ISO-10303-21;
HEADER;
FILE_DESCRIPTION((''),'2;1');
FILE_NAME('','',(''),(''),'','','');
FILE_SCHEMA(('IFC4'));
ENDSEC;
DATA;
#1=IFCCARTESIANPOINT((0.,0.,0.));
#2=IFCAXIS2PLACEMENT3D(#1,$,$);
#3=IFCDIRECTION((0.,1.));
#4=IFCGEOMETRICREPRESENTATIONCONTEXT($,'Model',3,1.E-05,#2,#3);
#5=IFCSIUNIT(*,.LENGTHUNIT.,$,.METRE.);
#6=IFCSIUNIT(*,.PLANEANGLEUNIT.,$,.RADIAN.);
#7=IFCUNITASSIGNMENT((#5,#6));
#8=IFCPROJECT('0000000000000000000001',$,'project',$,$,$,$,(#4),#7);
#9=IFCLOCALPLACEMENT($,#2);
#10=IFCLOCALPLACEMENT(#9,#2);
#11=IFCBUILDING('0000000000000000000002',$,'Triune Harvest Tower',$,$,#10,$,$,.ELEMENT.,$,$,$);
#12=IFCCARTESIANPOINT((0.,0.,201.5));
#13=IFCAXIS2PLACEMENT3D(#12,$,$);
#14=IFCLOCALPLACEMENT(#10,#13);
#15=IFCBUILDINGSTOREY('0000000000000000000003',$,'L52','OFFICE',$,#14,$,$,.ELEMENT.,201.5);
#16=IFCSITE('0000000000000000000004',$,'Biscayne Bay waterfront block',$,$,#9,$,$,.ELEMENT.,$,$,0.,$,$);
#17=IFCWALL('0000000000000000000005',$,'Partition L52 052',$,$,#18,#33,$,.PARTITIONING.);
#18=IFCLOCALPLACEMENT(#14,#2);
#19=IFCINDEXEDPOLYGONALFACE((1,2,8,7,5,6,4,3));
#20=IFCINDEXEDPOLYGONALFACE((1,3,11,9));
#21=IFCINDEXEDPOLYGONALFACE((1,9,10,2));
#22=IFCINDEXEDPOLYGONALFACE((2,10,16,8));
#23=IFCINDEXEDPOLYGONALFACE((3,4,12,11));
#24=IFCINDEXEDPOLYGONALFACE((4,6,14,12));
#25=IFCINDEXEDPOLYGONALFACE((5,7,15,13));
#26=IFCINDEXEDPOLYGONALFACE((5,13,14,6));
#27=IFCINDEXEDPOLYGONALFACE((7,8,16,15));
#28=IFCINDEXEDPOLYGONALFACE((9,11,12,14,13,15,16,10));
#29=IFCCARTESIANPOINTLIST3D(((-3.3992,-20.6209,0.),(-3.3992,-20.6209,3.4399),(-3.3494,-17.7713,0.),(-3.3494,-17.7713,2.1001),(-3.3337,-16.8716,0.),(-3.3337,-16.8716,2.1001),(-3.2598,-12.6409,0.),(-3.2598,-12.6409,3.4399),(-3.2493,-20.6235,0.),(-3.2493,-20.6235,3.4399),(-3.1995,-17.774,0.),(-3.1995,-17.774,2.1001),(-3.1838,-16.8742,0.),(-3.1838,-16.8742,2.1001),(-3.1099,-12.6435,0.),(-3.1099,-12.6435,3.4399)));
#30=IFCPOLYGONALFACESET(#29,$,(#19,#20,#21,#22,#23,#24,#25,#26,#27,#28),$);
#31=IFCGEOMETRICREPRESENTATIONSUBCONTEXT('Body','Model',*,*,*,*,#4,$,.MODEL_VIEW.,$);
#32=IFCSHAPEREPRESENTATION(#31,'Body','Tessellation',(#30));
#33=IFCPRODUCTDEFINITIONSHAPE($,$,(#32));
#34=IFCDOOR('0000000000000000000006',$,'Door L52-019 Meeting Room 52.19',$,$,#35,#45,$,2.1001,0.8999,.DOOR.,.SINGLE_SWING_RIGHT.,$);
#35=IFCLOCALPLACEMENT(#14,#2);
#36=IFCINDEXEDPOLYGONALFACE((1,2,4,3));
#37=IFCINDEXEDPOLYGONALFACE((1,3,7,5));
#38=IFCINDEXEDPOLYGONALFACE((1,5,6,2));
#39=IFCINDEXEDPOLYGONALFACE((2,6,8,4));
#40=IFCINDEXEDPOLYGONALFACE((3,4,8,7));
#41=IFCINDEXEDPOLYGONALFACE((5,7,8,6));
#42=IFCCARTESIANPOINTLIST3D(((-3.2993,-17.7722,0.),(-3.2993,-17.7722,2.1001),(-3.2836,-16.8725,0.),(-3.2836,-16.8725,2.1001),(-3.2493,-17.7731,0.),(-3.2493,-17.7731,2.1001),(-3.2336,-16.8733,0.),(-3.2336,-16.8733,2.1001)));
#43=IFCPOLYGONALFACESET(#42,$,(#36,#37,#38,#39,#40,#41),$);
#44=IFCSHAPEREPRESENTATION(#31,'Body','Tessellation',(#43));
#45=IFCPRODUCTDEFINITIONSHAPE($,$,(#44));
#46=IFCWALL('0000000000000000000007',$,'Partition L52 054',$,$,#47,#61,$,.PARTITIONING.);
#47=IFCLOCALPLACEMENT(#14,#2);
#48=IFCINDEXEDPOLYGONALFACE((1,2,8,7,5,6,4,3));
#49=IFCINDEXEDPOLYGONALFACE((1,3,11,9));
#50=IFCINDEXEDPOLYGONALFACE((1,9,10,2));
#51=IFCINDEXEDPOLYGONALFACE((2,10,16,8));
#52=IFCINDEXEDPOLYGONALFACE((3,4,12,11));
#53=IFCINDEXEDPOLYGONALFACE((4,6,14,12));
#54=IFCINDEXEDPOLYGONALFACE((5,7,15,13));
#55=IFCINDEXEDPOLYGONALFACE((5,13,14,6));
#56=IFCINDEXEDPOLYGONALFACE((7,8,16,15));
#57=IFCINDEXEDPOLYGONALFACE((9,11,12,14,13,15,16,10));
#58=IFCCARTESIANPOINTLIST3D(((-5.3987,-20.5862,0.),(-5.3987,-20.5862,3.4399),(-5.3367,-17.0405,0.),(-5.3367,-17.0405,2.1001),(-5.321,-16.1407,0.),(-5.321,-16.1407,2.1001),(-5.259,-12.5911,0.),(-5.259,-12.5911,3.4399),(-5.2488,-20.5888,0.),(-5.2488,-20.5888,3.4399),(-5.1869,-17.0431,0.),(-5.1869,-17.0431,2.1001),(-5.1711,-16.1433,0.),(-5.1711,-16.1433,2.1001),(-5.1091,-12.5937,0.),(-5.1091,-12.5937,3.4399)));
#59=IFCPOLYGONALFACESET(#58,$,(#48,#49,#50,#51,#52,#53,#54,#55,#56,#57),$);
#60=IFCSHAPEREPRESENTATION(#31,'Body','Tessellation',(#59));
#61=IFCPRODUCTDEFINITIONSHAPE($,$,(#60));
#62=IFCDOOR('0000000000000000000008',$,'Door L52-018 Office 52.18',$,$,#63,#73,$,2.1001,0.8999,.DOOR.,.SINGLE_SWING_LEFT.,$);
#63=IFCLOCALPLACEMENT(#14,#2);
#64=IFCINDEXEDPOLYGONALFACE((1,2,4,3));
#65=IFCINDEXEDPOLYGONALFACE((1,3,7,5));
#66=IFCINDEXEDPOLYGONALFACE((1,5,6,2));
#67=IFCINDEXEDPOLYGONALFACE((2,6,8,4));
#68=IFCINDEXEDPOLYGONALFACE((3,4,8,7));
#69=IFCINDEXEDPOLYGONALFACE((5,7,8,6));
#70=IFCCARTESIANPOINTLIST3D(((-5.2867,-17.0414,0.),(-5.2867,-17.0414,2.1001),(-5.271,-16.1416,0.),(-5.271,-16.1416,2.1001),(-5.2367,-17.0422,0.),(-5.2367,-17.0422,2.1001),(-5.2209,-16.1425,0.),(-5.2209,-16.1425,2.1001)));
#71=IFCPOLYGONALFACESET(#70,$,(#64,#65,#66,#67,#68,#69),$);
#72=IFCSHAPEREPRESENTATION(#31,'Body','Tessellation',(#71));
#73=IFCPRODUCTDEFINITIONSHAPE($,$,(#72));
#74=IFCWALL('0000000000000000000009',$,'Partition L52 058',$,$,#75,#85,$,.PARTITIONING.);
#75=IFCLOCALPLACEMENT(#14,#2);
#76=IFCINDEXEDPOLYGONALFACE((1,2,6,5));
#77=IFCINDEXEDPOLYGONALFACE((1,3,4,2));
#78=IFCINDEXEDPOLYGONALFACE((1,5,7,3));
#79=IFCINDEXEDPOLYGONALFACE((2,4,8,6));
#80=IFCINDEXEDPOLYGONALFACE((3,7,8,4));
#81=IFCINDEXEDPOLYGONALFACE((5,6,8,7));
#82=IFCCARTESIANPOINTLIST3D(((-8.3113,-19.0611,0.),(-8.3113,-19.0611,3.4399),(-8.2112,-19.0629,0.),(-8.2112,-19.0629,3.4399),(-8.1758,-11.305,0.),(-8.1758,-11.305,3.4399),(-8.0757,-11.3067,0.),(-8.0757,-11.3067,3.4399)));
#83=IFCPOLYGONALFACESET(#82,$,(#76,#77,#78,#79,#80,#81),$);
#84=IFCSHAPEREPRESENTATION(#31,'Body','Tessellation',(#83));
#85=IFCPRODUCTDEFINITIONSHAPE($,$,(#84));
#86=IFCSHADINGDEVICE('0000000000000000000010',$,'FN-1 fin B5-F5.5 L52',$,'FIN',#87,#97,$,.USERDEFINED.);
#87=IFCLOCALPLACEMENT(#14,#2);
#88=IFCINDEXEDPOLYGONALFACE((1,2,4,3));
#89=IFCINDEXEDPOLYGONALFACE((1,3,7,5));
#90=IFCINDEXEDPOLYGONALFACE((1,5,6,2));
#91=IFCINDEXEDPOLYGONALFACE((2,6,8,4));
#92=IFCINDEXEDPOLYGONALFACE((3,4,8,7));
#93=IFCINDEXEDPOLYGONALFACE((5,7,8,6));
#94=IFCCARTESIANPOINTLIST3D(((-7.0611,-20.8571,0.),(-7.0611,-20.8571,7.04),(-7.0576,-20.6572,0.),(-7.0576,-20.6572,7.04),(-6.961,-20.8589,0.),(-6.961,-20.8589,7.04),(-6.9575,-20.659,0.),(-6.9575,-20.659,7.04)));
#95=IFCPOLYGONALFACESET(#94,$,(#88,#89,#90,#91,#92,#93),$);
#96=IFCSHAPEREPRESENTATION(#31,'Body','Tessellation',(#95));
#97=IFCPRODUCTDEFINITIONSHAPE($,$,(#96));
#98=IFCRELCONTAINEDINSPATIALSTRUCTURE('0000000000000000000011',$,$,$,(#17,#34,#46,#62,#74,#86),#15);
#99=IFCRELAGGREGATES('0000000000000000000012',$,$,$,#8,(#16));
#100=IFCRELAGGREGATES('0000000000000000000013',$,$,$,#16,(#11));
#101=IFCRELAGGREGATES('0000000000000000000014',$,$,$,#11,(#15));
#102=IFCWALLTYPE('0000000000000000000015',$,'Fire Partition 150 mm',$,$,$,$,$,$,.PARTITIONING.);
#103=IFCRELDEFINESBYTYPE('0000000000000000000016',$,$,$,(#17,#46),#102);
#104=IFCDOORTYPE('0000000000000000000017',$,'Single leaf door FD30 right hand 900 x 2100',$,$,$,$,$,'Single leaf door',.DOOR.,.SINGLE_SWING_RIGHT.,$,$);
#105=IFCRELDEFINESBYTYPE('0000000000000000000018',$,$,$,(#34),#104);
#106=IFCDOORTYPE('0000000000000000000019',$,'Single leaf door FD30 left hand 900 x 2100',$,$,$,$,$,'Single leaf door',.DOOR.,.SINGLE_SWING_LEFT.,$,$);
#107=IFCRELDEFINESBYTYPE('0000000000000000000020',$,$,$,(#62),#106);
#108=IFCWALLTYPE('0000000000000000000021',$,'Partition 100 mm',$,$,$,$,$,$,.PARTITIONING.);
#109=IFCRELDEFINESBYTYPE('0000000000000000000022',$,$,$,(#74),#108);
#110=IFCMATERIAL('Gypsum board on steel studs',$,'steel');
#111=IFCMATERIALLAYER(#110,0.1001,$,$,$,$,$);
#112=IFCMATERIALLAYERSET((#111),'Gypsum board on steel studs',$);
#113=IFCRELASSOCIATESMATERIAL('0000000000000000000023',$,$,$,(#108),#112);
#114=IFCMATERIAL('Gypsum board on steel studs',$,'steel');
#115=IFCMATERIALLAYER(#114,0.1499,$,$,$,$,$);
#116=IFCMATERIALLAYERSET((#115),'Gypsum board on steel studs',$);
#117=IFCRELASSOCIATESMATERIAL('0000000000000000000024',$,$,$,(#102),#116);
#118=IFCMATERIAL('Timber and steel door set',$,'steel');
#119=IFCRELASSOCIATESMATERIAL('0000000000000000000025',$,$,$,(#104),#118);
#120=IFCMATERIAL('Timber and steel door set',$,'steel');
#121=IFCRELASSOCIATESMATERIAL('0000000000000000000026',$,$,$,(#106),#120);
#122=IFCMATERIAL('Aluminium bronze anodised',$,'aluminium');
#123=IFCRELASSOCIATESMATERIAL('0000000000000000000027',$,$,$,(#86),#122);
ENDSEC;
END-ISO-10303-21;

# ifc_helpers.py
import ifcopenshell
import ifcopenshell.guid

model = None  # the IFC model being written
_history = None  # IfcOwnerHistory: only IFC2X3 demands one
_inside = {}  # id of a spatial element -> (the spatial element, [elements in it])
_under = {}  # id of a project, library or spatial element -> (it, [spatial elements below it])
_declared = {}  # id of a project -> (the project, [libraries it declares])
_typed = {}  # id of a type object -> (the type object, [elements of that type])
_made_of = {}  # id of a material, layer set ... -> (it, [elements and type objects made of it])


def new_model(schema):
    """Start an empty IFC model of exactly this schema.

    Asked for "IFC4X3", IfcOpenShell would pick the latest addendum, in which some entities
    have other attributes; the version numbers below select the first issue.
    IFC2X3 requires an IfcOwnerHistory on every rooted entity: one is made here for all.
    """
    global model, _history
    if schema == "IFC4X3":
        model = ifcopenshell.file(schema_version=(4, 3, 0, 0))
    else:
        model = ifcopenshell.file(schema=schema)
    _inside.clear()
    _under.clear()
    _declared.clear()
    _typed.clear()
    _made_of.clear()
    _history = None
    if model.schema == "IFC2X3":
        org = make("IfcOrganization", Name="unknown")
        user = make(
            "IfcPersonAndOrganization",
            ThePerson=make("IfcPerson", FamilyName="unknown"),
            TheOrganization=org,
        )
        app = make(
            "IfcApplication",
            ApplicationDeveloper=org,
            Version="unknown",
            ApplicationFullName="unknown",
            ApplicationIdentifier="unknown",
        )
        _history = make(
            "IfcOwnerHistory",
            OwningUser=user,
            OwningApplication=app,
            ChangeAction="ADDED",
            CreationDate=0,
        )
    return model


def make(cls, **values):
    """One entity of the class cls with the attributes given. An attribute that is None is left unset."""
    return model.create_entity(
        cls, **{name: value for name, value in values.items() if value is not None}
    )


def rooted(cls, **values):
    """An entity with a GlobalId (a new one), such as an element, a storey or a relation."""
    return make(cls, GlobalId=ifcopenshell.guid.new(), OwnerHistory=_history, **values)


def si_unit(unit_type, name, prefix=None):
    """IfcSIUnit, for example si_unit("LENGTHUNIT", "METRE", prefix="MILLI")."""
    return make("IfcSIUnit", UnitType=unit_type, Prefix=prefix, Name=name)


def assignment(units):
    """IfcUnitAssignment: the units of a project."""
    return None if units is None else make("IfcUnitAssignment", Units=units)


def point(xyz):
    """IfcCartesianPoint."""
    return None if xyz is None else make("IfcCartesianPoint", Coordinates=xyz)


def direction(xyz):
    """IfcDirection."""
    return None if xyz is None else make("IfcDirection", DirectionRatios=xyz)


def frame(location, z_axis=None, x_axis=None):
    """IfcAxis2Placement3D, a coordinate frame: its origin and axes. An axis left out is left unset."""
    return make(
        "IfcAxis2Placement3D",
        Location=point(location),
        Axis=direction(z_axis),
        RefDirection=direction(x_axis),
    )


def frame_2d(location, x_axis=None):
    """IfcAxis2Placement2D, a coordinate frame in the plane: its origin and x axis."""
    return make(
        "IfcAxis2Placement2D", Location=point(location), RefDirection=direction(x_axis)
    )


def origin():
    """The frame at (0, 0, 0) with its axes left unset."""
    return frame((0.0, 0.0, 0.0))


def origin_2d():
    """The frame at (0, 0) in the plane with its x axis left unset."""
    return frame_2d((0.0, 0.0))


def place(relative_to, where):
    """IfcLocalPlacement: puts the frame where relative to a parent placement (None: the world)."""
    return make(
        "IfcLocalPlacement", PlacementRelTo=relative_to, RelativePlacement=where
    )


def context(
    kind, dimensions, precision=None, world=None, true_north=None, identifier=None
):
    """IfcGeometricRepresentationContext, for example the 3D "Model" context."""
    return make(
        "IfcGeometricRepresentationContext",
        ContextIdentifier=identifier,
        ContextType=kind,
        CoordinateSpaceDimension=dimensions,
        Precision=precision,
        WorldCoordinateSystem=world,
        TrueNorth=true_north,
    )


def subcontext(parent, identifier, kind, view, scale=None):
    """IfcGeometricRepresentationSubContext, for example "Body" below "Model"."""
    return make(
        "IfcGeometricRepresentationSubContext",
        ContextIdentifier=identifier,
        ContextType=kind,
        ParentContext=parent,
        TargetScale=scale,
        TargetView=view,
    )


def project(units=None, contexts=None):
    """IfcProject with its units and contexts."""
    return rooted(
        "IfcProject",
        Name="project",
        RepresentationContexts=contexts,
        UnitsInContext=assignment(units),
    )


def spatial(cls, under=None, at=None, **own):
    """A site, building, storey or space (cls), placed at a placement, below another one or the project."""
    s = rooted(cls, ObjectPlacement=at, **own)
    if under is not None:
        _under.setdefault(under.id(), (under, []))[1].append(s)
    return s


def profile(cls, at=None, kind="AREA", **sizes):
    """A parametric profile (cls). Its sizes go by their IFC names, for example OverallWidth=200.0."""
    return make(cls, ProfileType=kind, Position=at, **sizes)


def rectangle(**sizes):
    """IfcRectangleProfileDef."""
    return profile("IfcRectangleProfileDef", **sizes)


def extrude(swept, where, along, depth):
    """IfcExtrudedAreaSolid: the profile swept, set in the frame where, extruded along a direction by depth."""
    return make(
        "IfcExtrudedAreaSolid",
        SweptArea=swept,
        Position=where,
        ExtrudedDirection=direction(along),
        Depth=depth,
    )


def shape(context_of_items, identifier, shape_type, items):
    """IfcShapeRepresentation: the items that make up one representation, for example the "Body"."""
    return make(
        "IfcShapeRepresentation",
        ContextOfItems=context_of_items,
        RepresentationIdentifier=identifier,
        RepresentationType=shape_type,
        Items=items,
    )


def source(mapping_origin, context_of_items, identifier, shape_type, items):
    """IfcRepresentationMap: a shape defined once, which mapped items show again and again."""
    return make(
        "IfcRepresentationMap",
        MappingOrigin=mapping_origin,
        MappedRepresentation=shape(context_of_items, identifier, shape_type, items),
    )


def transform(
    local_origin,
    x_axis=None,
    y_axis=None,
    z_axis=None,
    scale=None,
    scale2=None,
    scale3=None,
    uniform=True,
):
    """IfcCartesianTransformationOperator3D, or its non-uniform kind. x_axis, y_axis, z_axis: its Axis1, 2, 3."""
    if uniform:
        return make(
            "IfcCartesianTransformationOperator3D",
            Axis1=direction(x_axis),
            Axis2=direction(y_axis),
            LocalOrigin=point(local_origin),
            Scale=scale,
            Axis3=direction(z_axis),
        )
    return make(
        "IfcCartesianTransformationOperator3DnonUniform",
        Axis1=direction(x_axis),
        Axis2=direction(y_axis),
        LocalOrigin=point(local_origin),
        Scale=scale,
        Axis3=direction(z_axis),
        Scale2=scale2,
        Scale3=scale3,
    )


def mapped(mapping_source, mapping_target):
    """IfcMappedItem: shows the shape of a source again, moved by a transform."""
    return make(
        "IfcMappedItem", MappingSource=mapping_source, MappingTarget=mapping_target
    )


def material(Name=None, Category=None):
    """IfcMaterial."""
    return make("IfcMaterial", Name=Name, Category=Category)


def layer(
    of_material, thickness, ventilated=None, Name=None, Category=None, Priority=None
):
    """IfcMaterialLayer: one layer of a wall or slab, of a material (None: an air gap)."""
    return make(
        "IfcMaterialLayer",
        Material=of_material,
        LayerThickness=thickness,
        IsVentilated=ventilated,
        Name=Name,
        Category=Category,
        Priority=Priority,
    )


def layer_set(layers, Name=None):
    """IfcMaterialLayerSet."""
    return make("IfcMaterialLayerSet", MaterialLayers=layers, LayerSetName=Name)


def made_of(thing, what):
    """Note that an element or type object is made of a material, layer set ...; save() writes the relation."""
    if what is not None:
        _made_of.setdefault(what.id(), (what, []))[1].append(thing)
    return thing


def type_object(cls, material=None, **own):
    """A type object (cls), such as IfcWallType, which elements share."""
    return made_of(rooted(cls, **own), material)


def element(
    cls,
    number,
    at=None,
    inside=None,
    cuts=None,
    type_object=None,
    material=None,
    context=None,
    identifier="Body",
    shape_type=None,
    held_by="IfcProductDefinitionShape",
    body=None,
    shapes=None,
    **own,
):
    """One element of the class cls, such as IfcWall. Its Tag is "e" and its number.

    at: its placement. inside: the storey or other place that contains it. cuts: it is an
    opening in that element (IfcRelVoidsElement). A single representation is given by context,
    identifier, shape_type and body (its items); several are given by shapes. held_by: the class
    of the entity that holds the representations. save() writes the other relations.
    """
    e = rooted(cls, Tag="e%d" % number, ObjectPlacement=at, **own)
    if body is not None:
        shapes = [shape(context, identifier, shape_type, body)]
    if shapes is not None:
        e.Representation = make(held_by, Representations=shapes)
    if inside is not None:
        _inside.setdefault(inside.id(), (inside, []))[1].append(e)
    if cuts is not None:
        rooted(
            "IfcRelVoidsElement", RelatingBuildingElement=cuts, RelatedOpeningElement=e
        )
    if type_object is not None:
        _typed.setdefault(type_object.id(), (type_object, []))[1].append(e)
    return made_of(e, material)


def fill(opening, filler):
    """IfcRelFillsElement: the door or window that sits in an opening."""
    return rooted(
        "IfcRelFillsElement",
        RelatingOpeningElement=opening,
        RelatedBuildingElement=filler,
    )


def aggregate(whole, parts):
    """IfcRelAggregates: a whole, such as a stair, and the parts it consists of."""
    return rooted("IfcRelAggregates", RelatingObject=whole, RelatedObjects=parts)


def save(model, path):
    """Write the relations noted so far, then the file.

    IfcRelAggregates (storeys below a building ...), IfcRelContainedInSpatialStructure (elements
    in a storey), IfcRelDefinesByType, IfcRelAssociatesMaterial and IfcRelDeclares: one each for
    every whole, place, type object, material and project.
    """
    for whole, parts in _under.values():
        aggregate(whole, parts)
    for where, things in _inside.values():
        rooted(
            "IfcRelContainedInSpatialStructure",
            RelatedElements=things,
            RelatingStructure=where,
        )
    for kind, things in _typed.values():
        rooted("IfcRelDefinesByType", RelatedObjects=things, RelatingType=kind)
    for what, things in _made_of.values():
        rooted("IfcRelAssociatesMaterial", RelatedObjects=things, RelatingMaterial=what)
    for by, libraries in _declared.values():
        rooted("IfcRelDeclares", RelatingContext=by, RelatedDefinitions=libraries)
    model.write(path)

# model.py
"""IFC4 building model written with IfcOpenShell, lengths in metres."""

from ifc_helpers import new_model, si_unit, direction, frame, frame_2d, origin, origin_2d, place, context, subcontext, project, spatial, rectangle, extrude, source, transform, mapped, material, layer, layer_set, type_object, element, fill, save


model = new_model("IFC4")

# Units and contexts
model_context = context("Model", 3, precision=1e-05, world=origin(), true_north=direction((0.0, 1.0)))
body_context = subcontext(model_context, "Body", "Model", "MODEL_VIEW")
ifc_project = project(units=[si_unit("LENGTHUNIT", "METRE"), si_unit("PLANEANGLEUNIT", "RADIAN")], contexts=[model_context])

# Site, building, storey
site_placement = place(None, origin())
site = spatial("IfcSite", under=ifc_project, at=site_placement, Name="Biscayne Bay waterfront block", CompositionType="ELEMENT", RefElevation=0.0)
building_placement = place(site_placement, origin())
building = spatial("IfcBuilding", under=site, at=building_placement, Name="Triune Harvest Tower", CompositionType="ELEMENT")
storey_placement = place(building_placement, frame((0.0, 0.0, 201.5)))
storey = spatial("IfcBuildingStorey", under=building, at=storey_placement, Name="L52", Description="OFFICE", CompositionType="ELEMENT", Elevation=201.5)

# Shared definitions
ifc_material_1 = material(Name="Gypsum board on steel studs", Category="steel")
ifc_layer_1 = layer(ifc_material_1, 0.1001)
ifc_layer_set_1 = layer_set([ifc_layer_1], Name="Gypsum board on steel studs")
wall_type_1 = type_object("IfcWallType", Name="Partition 100 mm", PredefinedType="PARTITIONING", material=ifc_layer_set_1)

# Walls, openings, doors
ifc_material_2 = material(Name="Gypsum board on steel studs", Category="steel")
ifc_layer_2 = layer(ifc_material_2, 0.1499)
ifc_layer_set_2 = layer_set([ifc_layer_2], Name="Gypsum board on steel studs")
wall_type_2 = type_object("IfcWallType", Name="Fire Partition 150 mm", PredefinedType="PARTITIONING", material=ifc_layer_set_2)
shared_shape_1 = source(origin(), body_context, "Body", "SweptSolid", [
    extrude(rectangle(XDim=7.9812, YDim=0.1499, at=frame_2d((3.9907, 0.0))), origin(), (0.0, 0.0, 1.0), 3.4399),
])
wall_1_placement = place(storey_placement, frame((-3.3242, -20.6223, 0.0), z_axis=(0.0, 0.0, 1.0), x_axis=(0.017467, 0.999847, 0.0)))
wall_1 = element("IfcWall", 1, at=wall_1_placement, inside=storey, type_object=wall_type_2, Name="Partition L52 052", PredefinedType="PARTITIONING", context=body_context, shape_type="MappedRepresentation", body=[
    mapped(shared_shape_1, transform((0.0, 0.0, 0.0), scale=1.0)),
])
opening_1_placement = place(wall_1_placement, frame((2.8501, 0.0, 0.0)))
opening_1 = element("IfcOpeningElement", 2, at=opening_1_placement, cuts=wall_1, PredefinedType="OPENING", context=body_context, shape_type="SweptSolid", body=[
    extrude(rectangle(XDim=0.8999, YDim=2.1001, at=frame_2d((0.45, 1.05))), frame((0.0, 0.085, 0.0), z_axis=(0.0, -1.0, 0.0), x_axis=(1.0, 0.0, 0.0)), (0.0, 0.0, 1.0), 0.1699),
])
ifc_material_3 = material(Name="Timber and steel door set", Category="steel")
door_type_1 = type_object("IfcDoorType", Name="Single leaf door FD30 right hand 900 x 2100", ElementType="Single leaf door", OperationType="SINGLE_SWING_RIGHT", PredefinedType="DOOR", material=ifc_material_3)
door_1_placement = place(opening_1_placement, origin())
door_1 = element("IfcDoor", 3, at=door_1_placement, inside=storey, type_object=door_type_1, Name="Door L52-019 Meeting Room 52.19", OperationType="SINGLE_SWING_RIGHT", OverallHeight=2.1001, OverallWidth=0.8999, PredefinedType="DOOR", context=body_context, shape_type="SweptSolid", body=[
    extrude(rectangle(XDim=0.8999, YDim=2.1001, at=frame_2d((0.45, 1.05))), frame((0.0, 0.0249, 0.0), z_axis=(0.0, -1.0, 0.0), x_axis=(1.0, 0.0, 0.0)), (0.0, 0.0, 1.0), 0.05),
])
fill(opening_1, door_1)
shared_shape_2 = source(origin(), body_context, "Body", "SweptSolid", [
    extrude(rectangle(XDim=7.9963, YDim=0.1499, at=frame_2d((3.998, 0.0))), origin(), (0.0, 0.0, 1.0), 3.4399),
])
wall_2_placement = place(storey_placement, frame((-5.3237, -20.5874, 0.0), z_axis=(0.0, 0.0, 1.0), x_axis=(0.017464, 0.999847, 0.0)))
wall_2 = element("IfcWall", 4, at=wall_2_placement, inside=storey, type_object=wall_type_2, Name="Partition L52 054", PredefinedType="PARTITIONING", context=body_context, shape_type="MappedRepresentation", body=[
    mapped(shared_shape_2, transform((0.0, 0.0, 0.0), scale=1.0)),
])
opening_2_placement = place(wall_2_placement, frame((3.5461, 0.0, 0.0)))
opening_2 = element("IfcOpeningElement", 5, at=opening_2_placement, cuts=wall_2, PredefinedType="OPENING", context=body_context, shape_type="SweptSolid", body=[
    extrude(rectangle(XDim=0.8999, YDim=2.1001, at=frame_2d((0.45, 1.05))), frame((0.0, 0.085, 0.0), z_axis=(0.0, -1.0, 0.0), x_axis=(1.0, 0.0, 0.0)), (0.0, 0.0, 1.0), 0.1699),
])
ifc_material_4 = material(Name="Timber and steel door set", Category="steel")
door_type_2 = type_object("IfcDoorType", Name="Single leaf door FD30 left hand 900 x 2100", ElementType="Single leaf door", OperationType="SINGLE_SWING_LEFT", PredefinedType="DOOR", material=ifc_material_4)
door_2_placement = place(opening_2_placement, origin())
door_2 = element("IfcDoor", 6, at=door_2_placement, inside=storey, type_object=door_type_2, Name="Door L52-018 Office 52.18", OperationType="SINGLE_SWING_LEFT", OverallHeight=2.1001, OverallWidth=0.8999, PredefinedType="DOOR", context=body_context, shape_type="SweptSolid", body=[
    extrude(rectangle(XDim=0.8999, YDim=2.1001, at=frame_2d((0.45, 1.05))), frame((0.0, 0.0249, 0.0), z_axis=(0.0, -1.0, 0.0), x_axis=(1.0, 0.0, 0.0)), (0.0, 0.0, 1.0), 0.05),
])
fill(opening_2, door_2)

# Wall
shared_shape_3 = source(origin(), body_context, "Body", "SweptSolid", [
    extrude(rectangle(XDim=7.7573, YDim=0.1001, at=frame_2d((3.8787, 0.0))), origin(), (0.0, 0.0, 1.0), 3.4399),
])
wall_3_placement = place(storey_placement, frame((-8.2612, -19.062, 0.0), z_axis=(0.0, 0.0, 1.0), x_axis=(0.017467, 0.999847, 0.0)))
element("IfcWall", 7, at=wall_3_placement, inside=storey, type_object=wall_type_1, Name="Partition L52 058", PredefinedType="PARTITIONING", context=body_context, shape_type="MappedRepresentation", body=[
    mapped(shared_shape_3, transform((0.0, 0.0, 0.0), scale=1.0)),
])

# Shading device
ifc_material_5 = material(Name="Aluminium bronze anodised", Category="aluminium")
shared_shape_4 = source(origin(), body_context, "Body", "SweptSolid", [
    extrude(rectangle(XDim=0.1001, YDim=0.2, at=origin_2d()), origin(), (0.0, 0.0, 1.0), 7.04),
])
shading_device_placement = place(storey_placement, frame((-7.0093, -20.7581, 0.0), z_axis=(0.0, 0.0, 1.0), x_axis=(0.999848, -0.017452, 0.0)))
element("IfcShadingDevice", 8, at=shading_device_placement, inside=storey, material=ifc_material_5, Name="FN-1 fin B5-F5.5 L52", ObjectType="FIN", PredefinedType="USERDEFINED", context=body_context, shape_type="MappedRepresentation", body=[
    mapped(shared_shape_4, transform((0.0, 0.0, 0.0), scale=1.0)),
])

save(model, "model.ifc")
